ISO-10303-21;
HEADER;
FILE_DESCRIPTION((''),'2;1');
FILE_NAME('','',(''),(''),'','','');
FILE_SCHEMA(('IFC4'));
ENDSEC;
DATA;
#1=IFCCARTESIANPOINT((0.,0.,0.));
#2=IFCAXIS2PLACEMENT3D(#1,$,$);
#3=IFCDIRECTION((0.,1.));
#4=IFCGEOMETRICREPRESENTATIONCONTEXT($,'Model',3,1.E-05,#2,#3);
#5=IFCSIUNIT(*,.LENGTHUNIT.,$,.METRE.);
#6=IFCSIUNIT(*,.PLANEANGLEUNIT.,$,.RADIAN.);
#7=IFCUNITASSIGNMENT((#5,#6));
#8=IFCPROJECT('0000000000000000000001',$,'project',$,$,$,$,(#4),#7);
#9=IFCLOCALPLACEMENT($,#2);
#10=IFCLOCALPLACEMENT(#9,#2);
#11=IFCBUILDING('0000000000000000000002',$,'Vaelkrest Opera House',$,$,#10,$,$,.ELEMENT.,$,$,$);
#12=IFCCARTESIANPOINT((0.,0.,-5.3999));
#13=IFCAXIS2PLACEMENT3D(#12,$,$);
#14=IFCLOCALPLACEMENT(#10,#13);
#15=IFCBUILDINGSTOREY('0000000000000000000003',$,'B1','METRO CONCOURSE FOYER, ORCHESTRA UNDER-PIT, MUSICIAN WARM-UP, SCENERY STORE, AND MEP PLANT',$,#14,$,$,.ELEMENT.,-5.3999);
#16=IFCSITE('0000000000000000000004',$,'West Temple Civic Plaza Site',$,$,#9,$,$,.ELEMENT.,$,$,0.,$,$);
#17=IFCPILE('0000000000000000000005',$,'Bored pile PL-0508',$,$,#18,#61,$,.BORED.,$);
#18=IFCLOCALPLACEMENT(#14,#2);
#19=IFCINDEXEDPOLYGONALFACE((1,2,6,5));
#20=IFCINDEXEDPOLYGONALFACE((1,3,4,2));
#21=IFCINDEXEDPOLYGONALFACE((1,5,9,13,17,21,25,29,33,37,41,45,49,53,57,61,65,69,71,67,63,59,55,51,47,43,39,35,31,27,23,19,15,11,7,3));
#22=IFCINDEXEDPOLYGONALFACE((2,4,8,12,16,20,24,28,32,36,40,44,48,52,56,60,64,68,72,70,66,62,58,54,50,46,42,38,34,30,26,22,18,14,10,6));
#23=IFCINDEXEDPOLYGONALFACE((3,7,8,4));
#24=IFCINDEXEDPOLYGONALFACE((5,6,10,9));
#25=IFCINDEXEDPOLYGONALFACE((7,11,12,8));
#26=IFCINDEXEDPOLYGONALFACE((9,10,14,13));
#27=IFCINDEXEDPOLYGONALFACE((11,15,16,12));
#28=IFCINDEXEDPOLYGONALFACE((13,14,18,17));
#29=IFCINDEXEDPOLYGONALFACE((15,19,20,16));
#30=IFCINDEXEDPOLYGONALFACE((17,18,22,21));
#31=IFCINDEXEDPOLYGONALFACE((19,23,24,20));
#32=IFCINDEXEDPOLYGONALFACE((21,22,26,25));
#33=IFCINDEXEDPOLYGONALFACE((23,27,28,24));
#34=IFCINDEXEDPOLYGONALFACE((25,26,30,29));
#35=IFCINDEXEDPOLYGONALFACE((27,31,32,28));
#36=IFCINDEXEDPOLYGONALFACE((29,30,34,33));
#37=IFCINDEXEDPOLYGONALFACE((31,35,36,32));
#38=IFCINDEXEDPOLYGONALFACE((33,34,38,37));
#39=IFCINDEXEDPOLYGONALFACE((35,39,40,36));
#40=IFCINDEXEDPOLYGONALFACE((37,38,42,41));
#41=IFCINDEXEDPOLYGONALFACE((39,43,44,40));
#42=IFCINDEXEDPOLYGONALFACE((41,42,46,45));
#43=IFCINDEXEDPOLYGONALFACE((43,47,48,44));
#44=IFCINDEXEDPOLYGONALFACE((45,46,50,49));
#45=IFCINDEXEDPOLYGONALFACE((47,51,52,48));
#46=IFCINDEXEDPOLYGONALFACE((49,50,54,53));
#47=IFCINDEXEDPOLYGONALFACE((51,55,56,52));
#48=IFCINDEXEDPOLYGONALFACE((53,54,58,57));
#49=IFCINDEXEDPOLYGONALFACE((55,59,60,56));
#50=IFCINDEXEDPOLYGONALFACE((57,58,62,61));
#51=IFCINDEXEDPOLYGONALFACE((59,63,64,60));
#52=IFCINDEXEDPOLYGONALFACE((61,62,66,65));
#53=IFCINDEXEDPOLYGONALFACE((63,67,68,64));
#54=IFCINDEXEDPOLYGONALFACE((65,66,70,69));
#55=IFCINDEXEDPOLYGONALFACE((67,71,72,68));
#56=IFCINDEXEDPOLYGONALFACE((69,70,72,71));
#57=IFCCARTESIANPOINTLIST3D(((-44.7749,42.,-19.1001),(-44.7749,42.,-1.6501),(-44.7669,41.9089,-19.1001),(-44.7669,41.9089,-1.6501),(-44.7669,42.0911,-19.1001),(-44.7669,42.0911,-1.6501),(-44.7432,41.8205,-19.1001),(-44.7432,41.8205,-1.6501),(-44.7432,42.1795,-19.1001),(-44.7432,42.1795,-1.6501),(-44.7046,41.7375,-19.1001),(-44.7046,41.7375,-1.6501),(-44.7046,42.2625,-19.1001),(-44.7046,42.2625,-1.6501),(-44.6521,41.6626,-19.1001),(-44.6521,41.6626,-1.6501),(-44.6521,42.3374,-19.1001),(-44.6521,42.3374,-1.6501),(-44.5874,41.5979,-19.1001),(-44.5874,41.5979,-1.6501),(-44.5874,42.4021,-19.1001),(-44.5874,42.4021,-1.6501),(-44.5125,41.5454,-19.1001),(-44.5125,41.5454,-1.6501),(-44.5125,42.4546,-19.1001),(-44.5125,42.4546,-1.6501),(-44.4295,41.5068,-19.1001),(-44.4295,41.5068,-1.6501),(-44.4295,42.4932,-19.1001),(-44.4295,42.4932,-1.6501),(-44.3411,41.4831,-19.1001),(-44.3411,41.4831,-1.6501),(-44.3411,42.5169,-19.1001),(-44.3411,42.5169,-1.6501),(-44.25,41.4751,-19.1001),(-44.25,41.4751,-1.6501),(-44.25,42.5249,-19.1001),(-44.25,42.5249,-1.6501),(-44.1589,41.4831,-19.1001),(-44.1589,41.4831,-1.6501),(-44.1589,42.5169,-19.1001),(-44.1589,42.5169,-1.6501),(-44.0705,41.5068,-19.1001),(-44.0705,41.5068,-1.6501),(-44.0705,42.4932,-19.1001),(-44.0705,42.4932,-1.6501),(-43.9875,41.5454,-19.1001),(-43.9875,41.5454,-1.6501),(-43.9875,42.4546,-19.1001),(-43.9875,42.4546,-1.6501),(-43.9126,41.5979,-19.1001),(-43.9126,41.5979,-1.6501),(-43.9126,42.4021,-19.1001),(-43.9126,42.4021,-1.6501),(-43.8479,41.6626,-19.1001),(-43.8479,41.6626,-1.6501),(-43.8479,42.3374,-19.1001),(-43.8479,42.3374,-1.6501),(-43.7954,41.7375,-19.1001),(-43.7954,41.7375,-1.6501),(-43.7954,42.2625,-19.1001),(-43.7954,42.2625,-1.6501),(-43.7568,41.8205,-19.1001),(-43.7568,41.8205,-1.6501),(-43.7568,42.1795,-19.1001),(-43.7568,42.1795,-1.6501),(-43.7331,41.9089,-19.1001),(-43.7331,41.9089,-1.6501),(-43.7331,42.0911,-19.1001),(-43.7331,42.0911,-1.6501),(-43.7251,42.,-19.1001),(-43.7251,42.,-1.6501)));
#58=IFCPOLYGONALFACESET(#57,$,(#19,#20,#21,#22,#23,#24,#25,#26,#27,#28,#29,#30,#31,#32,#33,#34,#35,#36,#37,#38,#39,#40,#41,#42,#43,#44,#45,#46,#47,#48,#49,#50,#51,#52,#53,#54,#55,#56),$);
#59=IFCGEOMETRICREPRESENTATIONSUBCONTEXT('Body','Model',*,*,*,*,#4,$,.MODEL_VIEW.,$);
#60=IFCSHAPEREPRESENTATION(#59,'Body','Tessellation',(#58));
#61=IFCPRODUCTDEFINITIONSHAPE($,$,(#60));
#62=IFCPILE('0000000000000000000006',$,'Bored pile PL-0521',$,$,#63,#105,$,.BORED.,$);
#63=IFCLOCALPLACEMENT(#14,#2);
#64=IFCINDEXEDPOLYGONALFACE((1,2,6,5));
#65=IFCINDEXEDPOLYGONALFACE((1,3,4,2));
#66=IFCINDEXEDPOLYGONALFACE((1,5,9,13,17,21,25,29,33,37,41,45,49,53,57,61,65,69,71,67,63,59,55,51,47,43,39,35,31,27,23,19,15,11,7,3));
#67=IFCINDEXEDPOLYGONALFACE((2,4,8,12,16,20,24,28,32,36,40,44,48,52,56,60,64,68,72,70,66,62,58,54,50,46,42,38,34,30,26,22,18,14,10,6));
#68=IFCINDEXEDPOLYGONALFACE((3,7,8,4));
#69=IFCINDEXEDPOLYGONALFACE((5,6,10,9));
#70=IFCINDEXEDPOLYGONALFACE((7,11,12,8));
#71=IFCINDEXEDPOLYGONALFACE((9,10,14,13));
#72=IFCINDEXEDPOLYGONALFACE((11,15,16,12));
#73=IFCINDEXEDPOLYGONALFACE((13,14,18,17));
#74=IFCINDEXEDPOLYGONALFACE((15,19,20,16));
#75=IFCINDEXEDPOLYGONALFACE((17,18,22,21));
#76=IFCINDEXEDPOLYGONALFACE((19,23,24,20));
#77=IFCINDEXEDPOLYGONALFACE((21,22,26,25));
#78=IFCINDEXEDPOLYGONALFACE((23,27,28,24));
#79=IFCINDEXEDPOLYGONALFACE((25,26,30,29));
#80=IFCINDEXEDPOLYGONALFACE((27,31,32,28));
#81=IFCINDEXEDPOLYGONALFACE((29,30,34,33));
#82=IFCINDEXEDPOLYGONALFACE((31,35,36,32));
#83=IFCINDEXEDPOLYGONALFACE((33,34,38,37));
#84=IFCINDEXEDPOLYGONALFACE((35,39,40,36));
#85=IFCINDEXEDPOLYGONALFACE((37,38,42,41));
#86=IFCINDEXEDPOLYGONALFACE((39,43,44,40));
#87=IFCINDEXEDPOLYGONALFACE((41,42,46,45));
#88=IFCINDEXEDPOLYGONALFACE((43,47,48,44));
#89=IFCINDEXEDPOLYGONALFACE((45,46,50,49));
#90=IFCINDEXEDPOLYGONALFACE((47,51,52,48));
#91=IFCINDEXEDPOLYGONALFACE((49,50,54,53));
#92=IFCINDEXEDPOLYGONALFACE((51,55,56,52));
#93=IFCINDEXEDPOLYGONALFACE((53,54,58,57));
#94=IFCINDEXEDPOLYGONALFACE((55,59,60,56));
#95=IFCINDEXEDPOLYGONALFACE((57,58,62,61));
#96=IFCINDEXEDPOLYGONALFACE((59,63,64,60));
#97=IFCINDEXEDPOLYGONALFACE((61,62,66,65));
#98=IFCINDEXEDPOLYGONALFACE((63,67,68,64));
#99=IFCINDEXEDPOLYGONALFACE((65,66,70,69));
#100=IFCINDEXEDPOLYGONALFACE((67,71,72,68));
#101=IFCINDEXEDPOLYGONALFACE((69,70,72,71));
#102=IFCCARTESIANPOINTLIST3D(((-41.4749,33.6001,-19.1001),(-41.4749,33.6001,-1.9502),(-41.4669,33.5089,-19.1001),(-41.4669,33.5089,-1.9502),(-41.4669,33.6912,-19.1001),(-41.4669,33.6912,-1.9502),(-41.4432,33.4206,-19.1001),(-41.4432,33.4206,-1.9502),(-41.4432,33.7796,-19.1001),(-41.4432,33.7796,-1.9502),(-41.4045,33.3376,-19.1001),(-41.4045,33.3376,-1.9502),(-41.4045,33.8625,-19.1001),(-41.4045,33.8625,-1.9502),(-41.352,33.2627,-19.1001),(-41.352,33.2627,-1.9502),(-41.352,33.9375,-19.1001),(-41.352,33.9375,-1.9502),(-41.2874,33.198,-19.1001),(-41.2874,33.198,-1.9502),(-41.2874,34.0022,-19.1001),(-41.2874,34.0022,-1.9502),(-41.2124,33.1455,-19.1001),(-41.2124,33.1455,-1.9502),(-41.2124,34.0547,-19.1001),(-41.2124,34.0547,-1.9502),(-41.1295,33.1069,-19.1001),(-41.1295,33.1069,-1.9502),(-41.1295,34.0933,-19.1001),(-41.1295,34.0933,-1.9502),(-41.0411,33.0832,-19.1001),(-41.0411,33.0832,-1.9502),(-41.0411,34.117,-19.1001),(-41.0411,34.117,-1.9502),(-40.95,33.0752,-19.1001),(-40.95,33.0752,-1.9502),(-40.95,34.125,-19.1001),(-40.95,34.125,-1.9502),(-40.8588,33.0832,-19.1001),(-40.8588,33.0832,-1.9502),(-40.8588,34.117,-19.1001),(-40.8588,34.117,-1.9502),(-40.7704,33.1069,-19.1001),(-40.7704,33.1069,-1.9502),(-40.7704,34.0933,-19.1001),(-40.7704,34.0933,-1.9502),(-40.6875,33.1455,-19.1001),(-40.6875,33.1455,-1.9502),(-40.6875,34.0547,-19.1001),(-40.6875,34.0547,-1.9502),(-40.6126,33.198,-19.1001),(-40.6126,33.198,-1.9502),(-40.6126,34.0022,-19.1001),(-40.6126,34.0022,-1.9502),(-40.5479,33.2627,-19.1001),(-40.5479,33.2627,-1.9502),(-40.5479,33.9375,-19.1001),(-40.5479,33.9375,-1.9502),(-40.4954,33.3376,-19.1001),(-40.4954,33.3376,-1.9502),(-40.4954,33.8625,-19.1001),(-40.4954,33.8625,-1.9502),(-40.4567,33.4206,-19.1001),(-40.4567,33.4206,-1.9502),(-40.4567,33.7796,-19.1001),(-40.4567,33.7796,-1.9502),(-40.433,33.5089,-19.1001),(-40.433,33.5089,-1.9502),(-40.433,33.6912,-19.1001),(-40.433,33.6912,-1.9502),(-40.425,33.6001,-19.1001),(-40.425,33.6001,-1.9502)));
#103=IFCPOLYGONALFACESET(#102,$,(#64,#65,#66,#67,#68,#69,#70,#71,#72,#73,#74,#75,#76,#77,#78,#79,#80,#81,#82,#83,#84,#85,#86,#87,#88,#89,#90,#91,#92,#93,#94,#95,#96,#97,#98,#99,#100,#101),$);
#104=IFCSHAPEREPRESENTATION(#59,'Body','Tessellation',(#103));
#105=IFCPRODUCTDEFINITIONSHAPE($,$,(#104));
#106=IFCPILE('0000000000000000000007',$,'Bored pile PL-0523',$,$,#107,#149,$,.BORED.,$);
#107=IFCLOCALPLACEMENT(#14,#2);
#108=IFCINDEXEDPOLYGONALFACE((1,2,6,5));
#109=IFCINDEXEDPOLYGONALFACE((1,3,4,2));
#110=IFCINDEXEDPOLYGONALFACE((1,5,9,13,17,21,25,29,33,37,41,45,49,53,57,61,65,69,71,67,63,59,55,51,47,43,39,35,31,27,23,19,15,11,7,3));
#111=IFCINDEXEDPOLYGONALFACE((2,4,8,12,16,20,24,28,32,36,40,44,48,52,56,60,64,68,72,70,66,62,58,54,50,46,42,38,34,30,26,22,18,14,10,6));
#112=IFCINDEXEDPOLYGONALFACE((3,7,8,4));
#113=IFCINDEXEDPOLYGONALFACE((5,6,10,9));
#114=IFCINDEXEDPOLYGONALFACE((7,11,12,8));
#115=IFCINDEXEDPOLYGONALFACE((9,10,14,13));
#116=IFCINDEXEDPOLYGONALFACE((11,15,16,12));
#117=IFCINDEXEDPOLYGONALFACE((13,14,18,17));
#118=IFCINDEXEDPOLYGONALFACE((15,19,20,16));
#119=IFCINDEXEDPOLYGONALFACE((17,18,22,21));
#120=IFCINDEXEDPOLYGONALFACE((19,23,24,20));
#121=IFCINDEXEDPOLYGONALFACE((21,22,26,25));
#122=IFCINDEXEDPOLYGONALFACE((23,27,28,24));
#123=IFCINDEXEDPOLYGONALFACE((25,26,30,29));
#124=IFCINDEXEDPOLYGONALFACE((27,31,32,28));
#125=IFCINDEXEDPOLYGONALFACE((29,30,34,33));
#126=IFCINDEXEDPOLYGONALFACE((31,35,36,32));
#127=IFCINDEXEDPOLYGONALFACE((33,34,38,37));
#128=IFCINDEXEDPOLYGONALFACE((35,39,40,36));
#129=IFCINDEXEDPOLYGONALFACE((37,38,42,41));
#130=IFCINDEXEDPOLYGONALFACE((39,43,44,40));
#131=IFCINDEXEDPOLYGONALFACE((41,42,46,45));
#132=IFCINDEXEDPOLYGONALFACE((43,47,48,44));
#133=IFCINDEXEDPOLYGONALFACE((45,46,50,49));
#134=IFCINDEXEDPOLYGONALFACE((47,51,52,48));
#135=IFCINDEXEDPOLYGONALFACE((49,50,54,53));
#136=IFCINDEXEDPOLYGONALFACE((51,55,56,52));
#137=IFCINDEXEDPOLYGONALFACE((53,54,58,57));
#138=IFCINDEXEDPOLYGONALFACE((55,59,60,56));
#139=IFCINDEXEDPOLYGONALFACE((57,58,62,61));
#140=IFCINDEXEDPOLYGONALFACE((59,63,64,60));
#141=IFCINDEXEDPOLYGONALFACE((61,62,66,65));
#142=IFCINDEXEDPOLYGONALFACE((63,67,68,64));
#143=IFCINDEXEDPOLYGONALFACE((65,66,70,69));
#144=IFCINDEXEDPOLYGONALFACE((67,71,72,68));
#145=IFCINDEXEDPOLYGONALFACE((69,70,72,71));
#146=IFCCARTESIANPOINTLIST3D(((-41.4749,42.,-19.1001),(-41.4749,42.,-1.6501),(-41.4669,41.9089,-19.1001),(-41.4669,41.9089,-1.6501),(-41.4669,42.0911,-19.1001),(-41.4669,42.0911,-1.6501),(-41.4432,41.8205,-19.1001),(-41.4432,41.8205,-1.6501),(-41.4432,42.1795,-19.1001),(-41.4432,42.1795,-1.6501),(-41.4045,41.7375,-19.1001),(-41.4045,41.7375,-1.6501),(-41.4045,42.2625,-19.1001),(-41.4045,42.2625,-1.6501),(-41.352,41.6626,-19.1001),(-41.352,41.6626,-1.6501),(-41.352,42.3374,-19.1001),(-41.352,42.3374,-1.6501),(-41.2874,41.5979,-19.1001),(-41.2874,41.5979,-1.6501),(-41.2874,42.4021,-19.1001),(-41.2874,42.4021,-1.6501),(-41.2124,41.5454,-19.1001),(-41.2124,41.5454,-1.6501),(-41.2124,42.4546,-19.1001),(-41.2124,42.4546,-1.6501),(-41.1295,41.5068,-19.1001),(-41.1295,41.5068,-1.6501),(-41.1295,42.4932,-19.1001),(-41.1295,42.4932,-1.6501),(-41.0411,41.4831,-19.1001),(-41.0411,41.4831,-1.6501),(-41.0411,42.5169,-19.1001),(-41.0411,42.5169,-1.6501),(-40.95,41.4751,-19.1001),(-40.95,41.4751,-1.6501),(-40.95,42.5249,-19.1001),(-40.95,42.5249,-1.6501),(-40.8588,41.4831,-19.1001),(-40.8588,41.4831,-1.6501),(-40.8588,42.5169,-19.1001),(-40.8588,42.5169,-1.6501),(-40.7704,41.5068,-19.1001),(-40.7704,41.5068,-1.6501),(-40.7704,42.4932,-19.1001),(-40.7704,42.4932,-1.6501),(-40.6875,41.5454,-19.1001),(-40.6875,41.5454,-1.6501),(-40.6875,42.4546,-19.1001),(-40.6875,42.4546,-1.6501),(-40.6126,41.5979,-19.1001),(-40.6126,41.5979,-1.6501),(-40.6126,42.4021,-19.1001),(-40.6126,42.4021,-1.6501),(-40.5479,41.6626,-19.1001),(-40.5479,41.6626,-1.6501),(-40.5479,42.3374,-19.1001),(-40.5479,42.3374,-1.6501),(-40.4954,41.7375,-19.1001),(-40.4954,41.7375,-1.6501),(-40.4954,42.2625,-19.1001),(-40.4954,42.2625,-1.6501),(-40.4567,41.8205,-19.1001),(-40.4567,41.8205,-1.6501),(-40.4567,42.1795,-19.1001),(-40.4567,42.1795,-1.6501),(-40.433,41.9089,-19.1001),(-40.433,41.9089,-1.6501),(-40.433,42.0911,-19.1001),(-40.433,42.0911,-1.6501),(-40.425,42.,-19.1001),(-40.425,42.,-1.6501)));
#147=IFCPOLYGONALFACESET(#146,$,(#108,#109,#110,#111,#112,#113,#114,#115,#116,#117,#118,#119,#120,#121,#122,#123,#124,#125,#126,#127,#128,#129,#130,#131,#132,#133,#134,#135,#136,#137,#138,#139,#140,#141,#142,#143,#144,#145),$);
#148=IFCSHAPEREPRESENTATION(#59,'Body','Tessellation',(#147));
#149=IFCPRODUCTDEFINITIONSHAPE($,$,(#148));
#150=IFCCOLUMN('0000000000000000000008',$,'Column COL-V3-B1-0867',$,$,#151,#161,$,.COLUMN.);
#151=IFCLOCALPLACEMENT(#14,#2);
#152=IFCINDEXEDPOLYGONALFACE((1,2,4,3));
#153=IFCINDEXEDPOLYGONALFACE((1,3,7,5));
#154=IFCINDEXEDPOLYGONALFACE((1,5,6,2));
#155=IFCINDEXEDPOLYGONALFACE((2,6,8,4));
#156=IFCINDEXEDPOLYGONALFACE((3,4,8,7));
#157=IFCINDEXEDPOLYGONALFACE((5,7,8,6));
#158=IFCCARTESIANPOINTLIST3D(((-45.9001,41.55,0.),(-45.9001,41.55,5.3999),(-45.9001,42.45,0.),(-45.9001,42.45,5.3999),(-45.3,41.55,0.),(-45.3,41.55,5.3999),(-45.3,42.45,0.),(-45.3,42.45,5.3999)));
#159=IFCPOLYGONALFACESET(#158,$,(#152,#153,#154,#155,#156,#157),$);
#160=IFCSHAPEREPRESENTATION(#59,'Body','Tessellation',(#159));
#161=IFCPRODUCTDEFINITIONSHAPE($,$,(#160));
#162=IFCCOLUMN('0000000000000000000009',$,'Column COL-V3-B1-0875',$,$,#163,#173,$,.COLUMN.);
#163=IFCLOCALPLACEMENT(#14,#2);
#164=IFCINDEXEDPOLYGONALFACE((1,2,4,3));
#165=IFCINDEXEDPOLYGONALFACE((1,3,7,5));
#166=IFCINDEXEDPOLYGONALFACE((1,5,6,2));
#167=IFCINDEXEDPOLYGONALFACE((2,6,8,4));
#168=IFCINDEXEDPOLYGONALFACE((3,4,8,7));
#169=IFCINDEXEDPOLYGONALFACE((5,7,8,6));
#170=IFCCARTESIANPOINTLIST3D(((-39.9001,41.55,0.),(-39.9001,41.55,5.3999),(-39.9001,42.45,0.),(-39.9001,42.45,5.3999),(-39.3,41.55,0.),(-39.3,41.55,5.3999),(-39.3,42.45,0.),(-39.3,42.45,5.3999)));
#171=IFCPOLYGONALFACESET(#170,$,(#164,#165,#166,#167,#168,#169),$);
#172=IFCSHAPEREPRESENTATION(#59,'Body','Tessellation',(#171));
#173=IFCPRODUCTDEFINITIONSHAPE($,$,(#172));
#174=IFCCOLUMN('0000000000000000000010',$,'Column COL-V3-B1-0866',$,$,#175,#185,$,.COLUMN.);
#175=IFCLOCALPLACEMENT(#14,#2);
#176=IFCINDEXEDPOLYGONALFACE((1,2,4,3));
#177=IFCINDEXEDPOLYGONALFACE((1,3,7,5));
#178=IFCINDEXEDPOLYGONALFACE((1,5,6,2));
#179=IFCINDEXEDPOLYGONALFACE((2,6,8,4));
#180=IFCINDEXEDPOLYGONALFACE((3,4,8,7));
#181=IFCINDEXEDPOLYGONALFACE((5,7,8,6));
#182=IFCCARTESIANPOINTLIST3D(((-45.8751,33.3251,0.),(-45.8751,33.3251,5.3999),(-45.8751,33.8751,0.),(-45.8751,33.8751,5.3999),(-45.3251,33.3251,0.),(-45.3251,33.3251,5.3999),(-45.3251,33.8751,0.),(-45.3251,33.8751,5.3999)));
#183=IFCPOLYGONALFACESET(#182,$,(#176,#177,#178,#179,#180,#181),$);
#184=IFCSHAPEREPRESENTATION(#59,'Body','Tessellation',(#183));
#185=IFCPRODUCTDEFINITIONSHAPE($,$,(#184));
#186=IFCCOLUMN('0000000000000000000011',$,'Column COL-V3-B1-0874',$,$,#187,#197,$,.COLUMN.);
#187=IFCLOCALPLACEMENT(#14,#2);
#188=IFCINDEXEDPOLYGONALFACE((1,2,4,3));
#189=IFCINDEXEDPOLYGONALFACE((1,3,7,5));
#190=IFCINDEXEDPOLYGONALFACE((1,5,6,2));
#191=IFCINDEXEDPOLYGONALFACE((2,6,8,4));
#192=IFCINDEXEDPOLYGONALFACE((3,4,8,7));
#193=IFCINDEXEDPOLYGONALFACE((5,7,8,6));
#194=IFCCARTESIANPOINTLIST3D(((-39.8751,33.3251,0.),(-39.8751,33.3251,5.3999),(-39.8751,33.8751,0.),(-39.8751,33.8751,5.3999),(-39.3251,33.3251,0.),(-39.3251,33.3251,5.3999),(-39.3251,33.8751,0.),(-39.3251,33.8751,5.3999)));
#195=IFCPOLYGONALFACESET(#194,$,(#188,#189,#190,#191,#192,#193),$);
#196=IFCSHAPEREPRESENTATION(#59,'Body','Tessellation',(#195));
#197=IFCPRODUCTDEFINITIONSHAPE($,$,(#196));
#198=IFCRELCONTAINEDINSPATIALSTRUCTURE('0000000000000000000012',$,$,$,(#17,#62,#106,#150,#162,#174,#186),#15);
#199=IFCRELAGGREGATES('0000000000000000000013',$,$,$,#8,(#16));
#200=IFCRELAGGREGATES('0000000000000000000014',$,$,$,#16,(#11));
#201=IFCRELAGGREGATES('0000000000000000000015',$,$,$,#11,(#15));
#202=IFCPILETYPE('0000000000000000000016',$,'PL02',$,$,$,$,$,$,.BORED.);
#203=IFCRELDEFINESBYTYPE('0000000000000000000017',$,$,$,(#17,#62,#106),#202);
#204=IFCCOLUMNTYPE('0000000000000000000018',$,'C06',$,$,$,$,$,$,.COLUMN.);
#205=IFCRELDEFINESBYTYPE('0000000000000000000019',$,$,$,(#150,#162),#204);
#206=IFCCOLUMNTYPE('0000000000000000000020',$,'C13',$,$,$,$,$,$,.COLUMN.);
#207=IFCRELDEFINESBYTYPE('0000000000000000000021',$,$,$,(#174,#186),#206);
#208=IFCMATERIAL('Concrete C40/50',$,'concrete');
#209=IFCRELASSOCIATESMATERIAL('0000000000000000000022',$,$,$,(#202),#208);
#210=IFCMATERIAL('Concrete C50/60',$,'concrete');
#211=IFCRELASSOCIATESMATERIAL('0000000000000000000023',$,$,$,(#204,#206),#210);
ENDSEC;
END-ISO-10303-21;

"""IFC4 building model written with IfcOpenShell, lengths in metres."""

from ifc_helpers import new_model, si_unit, direction, frame, origin, origin_2d, place, context, subcontext, project, spatial, rectangle, circle, extrude, material, material_profile, profile_set, type_object, element, save


model = new_model("IFC4")

# Units and contexts
model_context = context("Model", 3, precision=1e-05, world=origin(), true_north=direction((0.0, 1.0)))
body_context = subcontext(model_context, "Body", "Model", "MODEL_VIEW")
ifc_project = project(units=[si_unit("LENGTHUNIT", "METRE"), si_unit("PLANEANGLEUNIT", "RADIAN")], contexts=[model_context])

# Site, building, storey
site_placement = place(None, origin())
site = spatial("IfcSite", under=ifc_project, at=site_placement, Name="West Temple Civic Plaza Site", CompositionType="ELEMENT", RefElevation=0.0)
building_placement = place(site_placement, origin())
building = spatial("IfcBuilding", under=site, at=building_placement, Name="Vaelkrest Opera House", CompositionType="ELEMENT")
storey_placement = place(building_placement, frame((0.0, 0.0, -5.3999)))
storey = spatial("IfcBuildingStorey", under=building, at=storey_placement, Name="B1", Description="METRO CONCOURSE FOYER, ORCHESTRA UNDER-PIT, MUSICIAN WARM-UP, SCENERY STORE, AND MEP PLANT", CompositionType="ELEMENT", Elevation=-5.3999)

# Shared definitions
ifc_material_1 = material(Name="Concrete C40/50", Category="concrete")

# Piles
ifc_material_profile_1 = material_profile(ifc_material_1, circle(Radius=0.5249, at=origin_2d()), Name="PILE1050")
ifc_profile_set_1 = profile_set([ifc_material_profile_1], Name="Concrete C40/50")
pile_type = type_object("IfcPileType", Name="PL02", PredefinedType="BORED", material=ifc_profile_set_1)
pile_1_placement = place(storey_placement, frame((-44.25, 42.0, -1.6501), z_axis=(0.0, 0.0, -1.0), x_axis=(1.0, 0.0, 0.0)))
element("IfcPile", 1, at=pile_1_placement, inside=storey, type_object=pile_type, Name="Bored pile PL-0508", PredefinedType="BORED", context=body_context, shape_type="SweptSolid", body=[
    extrude(circle(Radius=0.5249, at=origin_2d()), origin(), (0.0, 0.0, 1.0), 17.45),
])
pile_2_placement = place(storey_placement, frame((-40.95, 33.6001, -1.9502), z_axis=(0.0, 0.0, -1.0), x_axis=(1.0, 0.0, 0.0)))
element("IfcPile", 2, at=pile_2_placement, inside=storey, type_object=pile_type, Name="Bored pile PL-0521", PredefinedType="BORED", context=body_context, shape_type="SweptSolid", body=[
    extrude(circle(Radius=0.5249, at=origin_2d()), origin(), (0.0, 0.0, 1.0), 17.1499),
])
pile_3_placement = place(storey_placement, frame((-40.95, 42.0, -1.6501), z_axis=(0.0, 0.0, -1.0), x_axis=(1.0, 0.0, 0.0)))
element("IfcPile", 3, at=pile_3_placement, inside=storey, type_object=pile_type, Name="Bored pile PL-0523", PredefinedType="BORED", context=body_context, shape_type="SweptSolid", body=[
    extrude(circle(Radius=0.5249, at=origin_2d()), origin(), (0.0, 0.0, 1.0), 17.45),
])

# Columns
ifc_material_2 = material(Name="Concrete C50/60", Category="concrete")
ifc_material_profile_2 = material_profile(ifc_material_2, rectangle(XDim=0.6001, YDim=0.8999, at=origin_2d()), Name="RC600X900")
ifc_profile_set_2 = profile_set([ifc_material_profile_2], Name="Concrete C50/60")
column_type_1 = type_object("IfcColumnType", Name="C06", PredefinedType="COLUMN", material=ifc_profile_set_2)
for number, where, z_axis, x_axis, name in (
    (4, (-45.6001, 42.0, 0.0), (0.0, 0.0, 1.0), (1.0, 0.0, 0.0), "Column COL-V3-B1-0867"),
    (5, (-39.6001, 42.0, 0.0), (0.0, 0.0, 1.0), (1.0, 0.0, 0.0), "Column COL-V3-B1-0875"),
):
    element("IfcColumn", number, at=place(storey_placement, frame(where, z_axis=z_axis, x_axis=x_axis)), inside=storey, type_object=column_type_1, Name=name, PredefinedType="COLUMN", context=body_context, shape_type="SweptSolid", body=[
        extrude(rectangle(XDim=0.6001, YDim=0.8999, at=origin_2d()), origin(), (0.0, 0.0, 1.0), 5.3999),
    ])
ifc_material_profile_3 = material_profile(ifc_material_2, rectangle(XDim=0.55, YDim=0.55, at=origin_2d()), Name="RC550X550")
ifc_profile_set_3 = profile_set([ifc_material_profile_3], Name="Concrete C50/60")
column_type_2 = type_object("IfcColumnType", Name="C13", PredefinedType="COLUMN", material=ifc_profile_set_3)
for number, where, z_axis, x_axis, name in (
    (6, (-45.6001, 33.6001, 0.0), (0.0, 0.0, 1.0), (1.0, 0.0, 0.0), "Column COL-V3-B1-0866"),
    (7, (-39.6001, 33.6001, 0.0), (0.0, 0.0, 1.0), (1.0, 0.0, 0.0), "Column COL-V3-B1-0874"),
):
    element("IfcColumn", number, at=place(storey_placement, frame(where, z_axis=z_axis, x_axis=x_axis)), inside=storey, type_object=column_type_2, Name=name, PredefinedType="COLUMN", context=body_context, shape_type="SweptSolid", body=[
        extrude(rectangle(XDim=0.55, YDim=0.55, at=origin_2d()), origin(), (0.0, 0.0, 1.0), 5.3999),
    ])

save(model, "model.ifc")
